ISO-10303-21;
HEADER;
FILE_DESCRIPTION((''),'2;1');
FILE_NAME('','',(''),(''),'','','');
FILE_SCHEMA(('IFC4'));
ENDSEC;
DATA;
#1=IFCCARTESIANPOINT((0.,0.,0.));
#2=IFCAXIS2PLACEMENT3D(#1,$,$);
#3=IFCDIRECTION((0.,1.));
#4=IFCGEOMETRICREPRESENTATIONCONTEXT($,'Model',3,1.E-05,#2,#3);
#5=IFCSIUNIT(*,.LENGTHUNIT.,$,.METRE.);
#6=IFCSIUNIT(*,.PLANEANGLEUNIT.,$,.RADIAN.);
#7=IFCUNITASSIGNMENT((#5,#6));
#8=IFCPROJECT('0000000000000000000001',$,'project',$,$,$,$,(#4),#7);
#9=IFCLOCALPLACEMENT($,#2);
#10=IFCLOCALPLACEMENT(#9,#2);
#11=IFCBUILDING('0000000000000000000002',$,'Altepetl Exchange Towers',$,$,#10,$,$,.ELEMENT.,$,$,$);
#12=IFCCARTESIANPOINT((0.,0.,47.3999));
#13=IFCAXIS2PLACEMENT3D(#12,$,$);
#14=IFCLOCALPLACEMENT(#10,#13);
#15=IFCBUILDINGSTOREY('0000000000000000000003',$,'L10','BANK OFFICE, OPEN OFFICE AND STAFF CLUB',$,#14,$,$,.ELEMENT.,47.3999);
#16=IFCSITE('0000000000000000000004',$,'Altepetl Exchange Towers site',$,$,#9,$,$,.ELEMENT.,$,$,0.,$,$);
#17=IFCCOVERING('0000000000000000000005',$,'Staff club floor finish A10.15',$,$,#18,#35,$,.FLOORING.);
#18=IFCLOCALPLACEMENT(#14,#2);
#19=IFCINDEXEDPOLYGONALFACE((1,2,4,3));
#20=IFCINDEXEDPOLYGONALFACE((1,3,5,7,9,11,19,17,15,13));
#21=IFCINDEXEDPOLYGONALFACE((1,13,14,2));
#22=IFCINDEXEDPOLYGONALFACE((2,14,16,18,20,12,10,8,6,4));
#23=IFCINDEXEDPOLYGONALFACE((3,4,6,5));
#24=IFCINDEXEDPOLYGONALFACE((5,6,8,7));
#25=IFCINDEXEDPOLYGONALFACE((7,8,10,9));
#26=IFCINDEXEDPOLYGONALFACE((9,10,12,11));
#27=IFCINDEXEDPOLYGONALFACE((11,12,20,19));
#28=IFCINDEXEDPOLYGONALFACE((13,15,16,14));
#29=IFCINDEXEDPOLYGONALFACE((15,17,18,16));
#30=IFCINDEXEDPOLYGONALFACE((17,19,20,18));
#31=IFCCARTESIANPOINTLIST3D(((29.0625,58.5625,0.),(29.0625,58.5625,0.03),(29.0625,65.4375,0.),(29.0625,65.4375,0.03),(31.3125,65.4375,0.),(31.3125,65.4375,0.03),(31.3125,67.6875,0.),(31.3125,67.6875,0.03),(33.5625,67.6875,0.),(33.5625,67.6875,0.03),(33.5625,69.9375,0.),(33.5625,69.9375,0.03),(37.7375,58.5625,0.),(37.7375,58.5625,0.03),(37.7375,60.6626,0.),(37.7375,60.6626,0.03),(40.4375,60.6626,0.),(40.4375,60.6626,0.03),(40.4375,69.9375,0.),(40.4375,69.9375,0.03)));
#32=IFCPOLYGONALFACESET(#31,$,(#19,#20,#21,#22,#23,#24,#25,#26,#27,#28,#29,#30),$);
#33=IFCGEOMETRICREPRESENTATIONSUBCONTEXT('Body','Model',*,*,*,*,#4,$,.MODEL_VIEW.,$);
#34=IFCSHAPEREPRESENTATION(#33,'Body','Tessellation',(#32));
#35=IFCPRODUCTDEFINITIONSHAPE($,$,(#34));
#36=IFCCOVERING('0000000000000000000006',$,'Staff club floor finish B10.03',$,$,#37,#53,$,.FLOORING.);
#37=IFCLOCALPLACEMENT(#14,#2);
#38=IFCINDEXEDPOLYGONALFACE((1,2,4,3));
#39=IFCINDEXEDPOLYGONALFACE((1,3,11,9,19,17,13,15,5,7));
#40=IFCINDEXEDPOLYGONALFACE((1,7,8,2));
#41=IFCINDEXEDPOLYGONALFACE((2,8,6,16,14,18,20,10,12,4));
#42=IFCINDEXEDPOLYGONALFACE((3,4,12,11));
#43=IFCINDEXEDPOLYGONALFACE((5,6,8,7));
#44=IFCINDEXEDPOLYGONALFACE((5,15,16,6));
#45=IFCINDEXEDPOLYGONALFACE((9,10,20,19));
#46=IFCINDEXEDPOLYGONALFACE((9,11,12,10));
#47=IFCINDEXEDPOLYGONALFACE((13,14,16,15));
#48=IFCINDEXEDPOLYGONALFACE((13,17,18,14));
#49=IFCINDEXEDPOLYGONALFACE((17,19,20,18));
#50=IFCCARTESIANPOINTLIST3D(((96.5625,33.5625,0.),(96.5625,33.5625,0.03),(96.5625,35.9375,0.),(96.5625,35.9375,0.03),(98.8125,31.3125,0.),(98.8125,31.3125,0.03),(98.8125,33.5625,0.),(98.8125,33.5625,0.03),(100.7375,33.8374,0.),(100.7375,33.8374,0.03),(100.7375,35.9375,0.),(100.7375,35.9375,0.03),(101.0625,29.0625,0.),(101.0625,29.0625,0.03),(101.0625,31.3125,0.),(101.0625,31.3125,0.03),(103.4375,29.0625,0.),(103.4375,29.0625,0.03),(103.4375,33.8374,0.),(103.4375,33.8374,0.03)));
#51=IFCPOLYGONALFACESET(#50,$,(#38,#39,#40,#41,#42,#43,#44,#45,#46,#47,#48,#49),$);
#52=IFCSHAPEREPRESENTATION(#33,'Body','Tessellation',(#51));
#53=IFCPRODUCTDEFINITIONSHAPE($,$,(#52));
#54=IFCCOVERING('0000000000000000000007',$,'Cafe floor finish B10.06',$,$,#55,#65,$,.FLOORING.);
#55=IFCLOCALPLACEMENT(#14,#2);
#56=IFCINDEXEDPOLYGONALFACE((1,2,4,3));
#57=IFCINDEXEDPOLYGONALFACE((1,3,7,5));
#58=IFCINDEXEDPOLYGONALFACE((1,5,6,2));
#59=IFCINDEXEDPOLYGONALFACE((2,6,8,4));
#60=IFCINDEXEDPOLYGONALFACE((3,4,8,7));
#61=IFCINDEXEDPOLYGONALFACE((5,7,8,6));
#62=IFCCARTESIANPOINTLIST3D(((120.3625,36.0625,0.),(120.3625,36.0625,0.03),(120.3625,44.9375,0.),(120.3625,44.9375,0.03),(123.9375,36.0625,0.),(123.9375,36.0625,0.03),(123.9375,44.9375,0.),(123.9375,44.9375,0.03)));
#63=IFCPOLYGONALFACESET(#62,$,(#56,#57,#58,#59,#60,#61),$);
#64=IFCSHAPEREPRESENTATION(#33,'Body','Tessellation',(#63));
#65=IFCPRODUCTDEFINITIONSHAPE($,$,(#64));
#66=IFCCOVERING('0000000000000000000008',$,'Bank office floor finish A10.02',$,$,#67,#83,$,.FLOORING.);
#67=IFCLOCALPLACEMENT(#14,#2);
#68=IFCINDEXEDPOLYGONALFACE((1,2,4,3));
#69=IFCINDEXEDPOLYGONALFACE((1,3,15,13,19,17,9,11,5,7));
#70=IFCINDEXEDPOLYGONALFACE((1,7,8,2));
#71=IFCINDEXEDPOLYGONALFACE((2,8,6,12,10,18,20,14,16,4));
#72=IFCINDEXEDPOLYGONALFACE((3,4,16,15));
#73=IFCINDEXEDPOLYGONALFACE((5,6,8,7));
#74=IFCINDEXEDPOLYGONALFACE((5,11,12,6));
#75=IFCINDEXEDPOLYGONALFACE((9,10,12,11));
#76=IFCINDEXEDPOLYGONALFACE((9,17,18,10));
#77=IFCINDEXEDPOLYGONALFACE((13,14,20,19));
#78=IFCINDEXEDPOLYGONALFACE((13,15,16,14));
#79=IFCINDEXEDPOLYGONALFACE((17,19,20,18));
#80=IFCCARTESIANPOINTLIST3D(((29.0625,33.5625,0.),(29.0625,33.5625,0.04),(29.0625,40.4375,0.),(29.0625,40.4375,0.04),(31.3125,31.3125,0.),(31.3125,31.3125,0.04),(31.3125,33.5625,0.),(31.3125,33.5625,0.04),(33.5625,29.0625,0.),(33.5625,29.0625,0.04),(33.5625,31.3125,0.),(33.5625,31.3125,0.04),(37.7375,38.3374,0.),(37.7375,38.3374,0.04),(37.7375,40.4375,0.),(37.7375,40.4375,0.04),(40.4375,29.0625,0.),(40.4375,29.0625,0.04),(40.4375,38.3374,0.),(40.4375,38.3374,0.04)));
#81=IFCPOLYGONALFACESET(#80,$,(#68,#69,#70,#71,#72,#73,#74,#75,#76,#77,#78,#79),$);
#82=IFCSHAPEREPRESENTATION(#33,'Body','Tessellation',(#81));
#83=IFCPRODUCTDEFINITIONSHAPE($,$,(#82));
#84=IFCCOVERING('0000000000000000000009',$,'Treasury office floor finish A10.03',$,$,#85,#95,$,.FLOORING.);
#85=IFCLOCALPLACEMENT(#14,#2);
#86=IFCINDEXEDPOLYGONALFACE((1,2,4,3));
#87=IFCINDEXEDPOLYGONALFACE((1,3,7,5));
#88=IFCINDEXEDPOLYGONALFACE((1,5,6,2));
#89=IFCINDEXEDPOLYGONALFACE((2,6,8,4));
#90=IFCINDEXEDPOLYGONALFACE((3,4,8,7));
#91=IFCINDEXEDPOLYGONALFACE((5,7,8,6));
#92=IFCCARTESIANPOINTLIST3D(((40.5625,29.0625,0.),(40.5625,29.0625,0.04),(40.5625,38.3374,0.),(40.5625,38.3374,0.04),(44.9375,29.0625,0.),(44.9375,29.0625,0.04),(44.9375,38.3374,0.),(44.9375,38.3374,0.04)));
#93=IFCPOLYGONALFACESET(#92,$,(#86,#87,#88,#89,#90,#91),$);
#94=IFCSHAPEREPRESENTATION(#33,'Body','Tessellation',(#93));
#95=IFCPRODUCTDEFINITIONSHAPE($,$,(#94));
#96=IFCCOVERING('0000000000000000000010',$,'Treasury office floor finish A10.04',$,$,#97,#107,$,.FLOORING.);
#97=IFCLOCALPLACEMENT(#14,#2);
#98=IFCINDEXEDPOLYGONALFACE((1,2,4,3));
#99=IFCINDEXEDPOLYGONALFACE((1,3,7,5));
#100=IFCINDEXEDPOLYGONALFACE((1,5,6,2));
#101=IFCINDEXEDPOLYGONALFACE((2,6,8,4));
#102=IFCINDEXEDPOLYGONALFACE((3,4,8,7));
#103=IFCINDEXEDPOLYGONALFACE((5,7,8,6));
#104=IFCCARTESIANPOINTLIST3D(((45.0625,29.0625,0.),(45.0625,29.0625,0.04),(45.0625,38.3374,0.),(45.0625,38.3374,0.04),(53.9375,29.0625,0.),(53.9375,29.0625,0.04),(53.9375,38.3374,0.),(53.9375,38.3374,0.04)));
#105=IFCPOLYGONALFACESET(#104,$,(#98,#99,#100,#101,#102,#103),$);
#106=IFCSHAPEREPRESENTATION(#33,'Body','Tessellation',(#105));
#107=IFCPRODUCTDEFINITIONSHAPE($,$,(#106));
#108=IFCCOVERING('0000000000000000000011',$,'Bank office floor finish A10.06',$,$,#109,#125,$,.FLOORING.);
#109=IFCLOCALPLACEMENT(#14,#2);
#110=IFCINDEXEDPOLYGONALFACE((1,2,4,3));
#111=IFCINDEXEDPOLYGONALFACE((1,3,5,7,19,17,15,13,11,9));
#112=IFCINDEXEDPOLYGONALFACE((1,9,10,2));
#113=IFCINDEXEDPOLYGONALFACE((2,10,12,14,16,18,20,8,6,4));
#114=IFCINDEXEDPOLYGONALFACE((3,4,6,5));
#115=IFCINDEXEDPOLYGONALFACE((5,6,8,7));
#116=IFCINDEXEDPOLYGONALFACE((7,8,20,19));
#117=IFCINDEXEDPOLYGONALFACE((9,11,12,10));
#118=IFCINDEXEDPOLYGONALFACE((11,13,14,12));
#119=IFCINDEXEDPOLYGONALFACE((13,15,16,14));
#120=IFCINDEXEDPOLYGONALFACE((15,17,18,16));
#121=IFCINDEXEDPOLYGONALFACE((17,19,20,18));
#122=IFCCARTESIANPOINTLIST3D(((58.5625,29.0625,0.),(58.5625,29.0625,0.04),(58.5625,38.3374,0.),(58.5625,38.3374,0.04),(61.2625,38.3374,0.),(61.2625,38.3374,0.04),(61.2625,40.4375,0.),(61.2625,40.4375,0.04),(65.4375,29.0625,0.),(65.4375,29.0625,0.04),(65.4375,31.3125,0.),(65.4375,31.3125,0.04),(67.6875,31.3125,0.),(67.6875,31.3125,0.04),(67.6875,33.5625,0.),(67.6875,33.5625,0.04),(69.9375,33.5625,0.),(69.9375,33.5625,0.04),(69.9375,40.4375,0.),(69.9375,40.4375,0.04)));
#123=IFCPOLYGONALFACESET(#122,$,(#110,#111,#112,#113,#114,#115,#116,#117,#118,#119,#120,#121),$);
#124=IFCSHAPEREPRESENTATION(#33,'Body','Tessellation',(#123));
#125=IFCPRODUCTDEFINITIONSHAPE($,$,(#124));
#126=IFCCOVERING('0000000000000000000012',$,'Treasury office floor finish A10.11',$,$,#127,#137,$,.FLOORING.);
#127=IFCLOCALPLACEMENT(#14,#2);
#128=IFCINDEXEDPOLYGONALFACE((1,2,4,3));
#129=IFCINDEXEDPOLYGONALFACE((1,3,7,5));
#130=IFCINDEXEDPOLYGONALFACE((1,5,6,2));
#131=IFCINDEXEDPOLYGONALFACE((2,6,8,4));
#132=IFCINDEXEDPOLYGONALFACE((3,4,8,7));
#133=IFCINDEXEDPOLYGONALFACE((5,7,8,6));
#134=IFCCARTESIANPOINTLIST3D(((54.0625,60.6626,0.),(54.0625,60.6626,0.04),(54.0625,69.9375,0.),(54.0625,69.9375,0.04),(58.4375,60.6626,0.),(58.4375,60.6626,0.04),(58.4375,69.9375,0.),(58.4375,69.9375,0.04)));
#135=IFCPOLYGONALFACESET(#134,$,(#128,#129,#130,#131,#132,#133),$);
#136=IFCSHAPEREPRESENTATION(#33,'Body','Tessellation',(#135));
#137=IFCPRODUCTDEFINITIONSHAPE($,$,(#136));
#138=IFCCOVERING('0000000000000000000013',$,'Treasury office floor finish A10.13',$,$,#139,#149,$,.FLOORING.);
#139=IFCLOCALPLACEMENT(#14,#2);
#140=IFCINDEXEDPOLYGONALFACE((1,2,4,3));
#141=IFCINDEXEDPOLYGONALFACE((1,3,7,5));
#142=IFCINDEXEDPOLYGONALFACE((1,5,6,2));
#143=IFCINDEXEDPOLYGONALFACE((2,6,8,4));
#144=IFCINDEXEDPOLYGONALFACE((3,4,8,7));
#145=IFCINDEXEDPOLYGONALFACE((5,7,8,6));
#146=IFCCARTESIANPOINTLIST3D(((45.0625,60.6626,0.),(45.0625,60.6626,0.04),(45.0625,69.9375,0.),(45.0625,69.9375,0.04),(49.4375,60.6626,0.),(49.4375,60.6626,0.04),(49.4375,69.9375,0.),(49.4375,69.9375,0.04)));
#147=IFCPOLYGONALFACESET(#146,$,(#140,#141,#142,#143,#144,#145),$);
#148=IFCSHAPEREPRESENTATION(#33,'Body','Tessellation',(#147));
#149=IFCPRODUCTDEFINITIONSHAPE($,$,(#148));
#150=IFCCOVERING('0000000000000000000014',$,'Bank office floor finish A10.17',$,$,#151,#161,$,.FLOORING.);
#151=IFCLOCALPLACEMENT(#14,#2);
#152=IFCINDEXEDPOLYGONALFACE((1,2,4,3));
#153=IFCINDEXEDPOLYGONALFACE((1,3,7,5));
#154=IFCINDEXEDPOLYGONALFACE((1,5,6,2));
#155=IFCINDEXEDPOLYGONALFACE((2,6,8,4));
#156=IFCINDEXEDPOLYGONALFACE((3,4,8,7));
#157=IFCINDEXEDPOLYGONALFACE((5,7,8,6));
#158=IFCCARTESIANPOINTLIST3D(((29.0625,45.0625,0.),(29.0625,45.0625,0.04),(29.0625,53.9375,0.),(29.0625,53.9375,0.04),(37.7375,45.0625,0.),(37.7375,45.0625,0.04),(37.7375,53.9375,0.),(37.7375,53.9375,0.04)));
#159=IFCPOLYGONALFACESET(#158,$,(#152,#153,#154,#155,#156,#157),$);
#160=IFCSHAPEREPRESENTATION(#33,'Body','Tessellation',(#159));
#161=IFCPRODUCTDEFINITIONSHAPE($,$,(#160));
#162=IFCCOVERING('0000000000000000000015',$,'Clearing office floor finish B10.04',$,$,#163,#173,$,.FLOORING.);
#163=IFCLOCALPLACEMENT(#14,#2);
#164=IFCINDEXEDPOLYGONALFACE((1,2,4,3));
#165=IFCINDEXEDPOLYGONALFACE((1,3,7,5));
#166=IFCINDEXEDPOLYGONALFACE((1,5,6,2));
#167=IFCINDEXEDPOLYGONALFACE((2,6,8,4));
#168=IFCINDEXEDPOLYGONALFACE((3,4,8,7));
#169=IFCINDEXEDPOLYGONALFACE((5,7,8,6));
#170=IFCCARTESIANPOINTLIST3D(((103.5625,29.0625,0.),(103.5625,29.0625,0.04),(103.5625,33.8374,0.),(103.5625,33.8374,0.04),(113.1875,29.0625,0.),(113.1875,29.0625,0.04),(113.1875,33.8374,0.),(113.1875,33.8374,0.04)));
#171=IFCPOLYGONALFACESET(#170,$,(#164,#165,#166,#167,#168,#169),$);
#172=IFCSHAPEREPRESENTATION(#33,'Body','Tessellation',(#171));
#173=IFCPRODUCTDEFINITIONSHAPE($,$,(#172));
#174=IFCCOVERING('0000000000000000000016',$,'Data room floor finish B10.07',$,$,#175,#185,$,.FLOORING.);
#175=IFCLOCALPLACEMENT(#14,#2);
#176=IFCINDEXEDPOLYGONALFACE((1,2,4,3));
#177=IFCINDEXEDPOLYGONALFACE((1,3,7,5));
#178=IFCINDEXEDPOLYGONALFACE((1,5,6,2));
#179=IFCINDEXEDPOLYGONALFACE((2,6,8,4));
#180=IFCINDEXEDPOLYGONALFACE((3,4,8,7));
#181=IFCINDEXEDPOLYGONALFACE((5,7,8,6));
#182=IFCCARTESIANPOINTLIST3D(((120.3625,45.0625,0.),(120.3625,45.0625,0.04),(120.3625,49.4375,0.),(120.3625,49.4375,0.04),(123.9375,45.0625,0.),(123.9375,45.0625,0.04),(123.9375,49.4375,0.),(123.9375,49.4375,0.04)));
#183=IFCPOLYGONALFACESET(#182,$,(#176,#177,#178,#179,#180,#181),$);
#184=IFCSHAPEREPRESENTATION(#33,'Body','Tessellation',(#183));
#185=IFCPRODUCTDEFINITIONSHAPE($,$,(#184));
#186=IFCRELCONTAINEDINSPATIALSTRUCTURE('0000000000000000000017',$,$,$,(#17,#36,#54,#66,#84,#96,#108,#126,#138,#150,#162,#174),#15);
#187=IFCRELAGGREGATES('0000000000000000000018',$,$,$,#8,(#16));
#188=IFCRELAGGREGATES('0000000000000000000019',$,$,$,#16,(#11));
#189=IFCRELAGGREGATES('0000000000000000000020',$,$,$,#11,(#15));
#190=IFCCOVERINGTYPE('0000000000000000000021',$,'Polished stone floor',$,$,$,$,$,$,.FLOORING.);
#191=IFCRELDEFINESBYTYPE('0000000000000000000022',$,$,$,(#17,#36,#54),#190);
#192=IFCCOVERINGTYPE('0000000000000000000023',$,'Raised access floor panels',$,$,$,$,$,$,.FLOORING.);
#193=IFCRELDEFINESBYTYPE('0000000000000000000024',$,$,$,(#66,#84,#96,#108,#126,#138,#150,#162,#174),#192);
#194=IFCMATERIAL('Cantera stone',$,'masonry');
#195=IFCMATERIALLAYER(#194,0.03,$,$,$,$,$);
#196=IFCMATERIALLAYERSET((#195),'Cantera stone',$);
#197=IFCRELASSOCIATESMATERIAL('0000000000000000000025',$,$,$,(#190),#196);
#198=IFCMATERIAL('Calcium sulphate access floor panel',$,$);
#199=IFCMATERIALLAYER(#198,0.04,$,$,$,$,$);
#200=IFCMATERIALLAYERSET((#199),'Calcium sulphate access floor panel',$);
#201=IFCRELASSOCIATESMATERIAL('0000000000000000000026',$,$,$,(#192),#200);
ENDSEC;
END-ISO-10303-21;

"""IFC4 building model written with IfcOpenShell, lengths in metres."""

from ifc_helpers import new_model, si_unit, direction, frame, origin, place, context, subcontext, project, spatial, polyline, outline, extrude, material, layer, layer_set, type_object, element, save


model = new_model("IFC4")

# Units and contexts
model_context = context("Model", 3, precision=1e-05, world=origin(), true_north=direction((0.0, 1.0)))
body_context = subcontext(model_context, "Body", "Model", "MODEL_VIEW")
ifc_project = project(units=[si_unit("LENGTHUNIT", "METRE"), si_unit("PLANEANGLEUNIT", "RADIAN")], contexts=[model_context])

# Site, building, storey
site_placement = place(None, origin())
site = spatial("IfcSite", under=ifc_project, at=site_placement, Name="Altepetl Exchange Towers site", CompositionType="ELEMENT", RefElevation=0.0)
building_placement = place(site_placement, origin())
building = spatial("IfcBuilding", under=site, at=building_placement, Name="Altepetl Exchange Towers", CompositionType="ELEMENT")
storey_placement = place(building_placement, frame((0.0, 0.0, 47.3999)))
storey = spatial("IfcBuildingStorey", under=building, at=storey_placement, Name="L10", Description="BANK OFFICE, OPEN OFFICE AND STAFF CLUB", CompositionType="ELEMENT", Elevation=47.3999)

# Coverings
ifc_material_1 = material(Name="Cantera stone", Category="masonry")
ifc_layer_1 = layer(ifc_material_1, 0.03)
ifc_layer_set_1 = layer_set([ifc_layer_1], Name="Cantera stone")
covering_type_1 = type_object("IfcCoveringType", Name="Polished stone floor", PredefinedType="FLOORING", material=ifc_layer_set_1)
covering_1_placement = place(storey_placement, origin())
element("IfcCovering", 1, at=covering_1_placement, inside=storey, type_object=covering_type_1, Name="Staff club floor finish A10.15", PredefinedType="FLOORING", context=body_context, shape_type="SweptSolid", body=[
    extrude(outline(polyline([(40.4375, 60.6626), (40.4375, 69.9375), (33.5625, 69.9375), (33.5625, 67.6875), (31.3125, 67.6875), (31.3125, 65.4375), (29.0625, 65.4375), (29.0625, 58.5625), (37.7375, 58.5625), (37.7375, 60.6626), (40.4375, 60.6626)])), origin(), (0.0, 0.0, 1.0), 0.03),
])
covering_2_placement = place(storey_placement, origin())
element("IfcCovering", 2, at=covering_2_placement, inside=storey, type_object=covering_type_1, Name="Staff club floor finish B10.03", PredefinedType="FLOORING", context=body_context, shape_type="SweptSolid", body=[
    extrude(outline(polyline([(100.7375, 35.9375), (96.5625, 35.9375), (96.5625, 33.5625), (98.8125, 33.5625), (98.8125, 31.3125), (101.0625, 31.3125), (101.0625, 29.0625), (103.4375, 29.0625), (103.4375, 33.8374), (100.7375, 33.8374), (100.7375, 35.9375)])), origin(), (0.0, 0.0, 1.0), 0.03),
])
covering_3_placement = place(storey_placement, origin())
element("IfcCovering", 3, at=covering_3_placement, inside=storey, type_object=covering_type_1, Name="Cafe floor finish B10.06", PredefinedType="FLOORING", context=body_context, shape_type="SweptSolid", body=[
    extrude(outline(polyline([(120.3625, 36.0625), (123.9375, 36.0625), (123.9375, 44.9375), (120.3625, 44.9375), (120.3625, 36.0625)])), origin(), (0.0, 0.0, 1.0), 0.03),
])
ifc_material_2 = material(Name="Calcium sulphate access floor panel")
ifc_layer_2 = layer(ifc_material_2, 0.04)
ifc_layer_set_2 = layer_set([ifc_layer_2], Name="Calcium sulphate access floor panel")
covering_type_2 = type_object("IfcCoveringType", Name="Raised access floor panels", PredefinedType="FLOORING", material=ifc_layer_set_2)
covering_4_placement = place(storey_placement, origin())
element("IfcCovering", 4, at=covering_4_placement, inside=storey, type_object=covering_type_2, Name="Bank office floor finish A10.02", PredefinedType="FLOORING", context=body_context, shape_type="SweptSolid", body=[
    extrude(outline(polyline([(40.4375, 29.0625), (40.4375, 38.3374), (37.7375, 38.3374), (37.7375, 40.4375), (29.0625, 40.4375), (29.0625, 33.5625), (31.3125, 33.5625), (31.3125, 31.3125), (33.5625, 31.3125), (33.5625, 29.0625), (40.4375, 29.0625)])), origin(), (0.0, 0.0, 1.0), 0.04),
])
covering_5_placement = place(storey_placement, origin())
element("IfcCovering", 5, at=covering_5_placement, inside=storey, type_object=covering_type_2, Name="Treasury office floor finish A10.03", PredefinedType="FLOORING", context=body_context, shape_type="SweptSolid", body=[
    extrude(outline(polyline([(44.9375, 29.0625), (44.9375, 38.3374), (40.5625, 38.3374), (40.5625, 29.0625), (44.9375, 29.0625)])), origin(), (0.0, 0.0, 1.0), 0.04),
])
covering_6_placement = place(storey_placement, origin())
element("IfcCovering", 6, at=covering_6_placement, inside=storey, type_object=covering_type_2, Name="Treasury office floor finish A10.04", PredefinedType="FLOORING", context=body_context, shape_type="SweptSolid", body=[
    extrude(outline(polyline([(53.9375, 29.0625), (53.9375, 38.3374), (45.0625, 38.3374), (45.0625, 29.0625), (53.9375, 29.0625)])), origin(), (0.0, 0.0, 1.0), 0.04),
])
covering_7_placement = place(storey_placement, origin())
element("IfcCovering", 7, at=covering_7_placement, inside=storey, type_object=covering_type_2, Name="Bank office floor finish A10.06", PredefinedType="FLOORING", context=body_context, shape_type="SweptSolid", body=[
    extrude(outline(polyline([(69.9375, 40.4375), (61.2625, 40.4375), (61.2625, 38.3374), (58.5625, 38.3374), (58.5625, 29.0625), (65.4375, 29.0625), (65.4375, 31.3125), (67.6875, 31.3125), (67.6875, 33.5625), (69.9375, 33.5625), (69.9375, 40.4375)])), origin(), (0.0, 0.0, 1.0), 0.04),
])
covering_8_placement = place(storey_placement, origin())
element("IfcCovering", 8, at=covering_8_placement, inside=storey, type_object=covering_type_2, Name="Treasury office floor finish A10.11", PredefinedType="FLOORING", context=body_context, shape_type="SweptSolid", body=[
    extrude(outline(polyline([(54.0625, 69.9375), (54.0625, 60.6626), (58.4375, 60.6626), (58.4375, 69.9375), (54.0625, 69.9375)])), origin(), (0.0, 0.0, 1.0), 0.04),
])
covering_9_placement = place(storey_placement, origin())
element("IfcCovering", 9, at=covering_9_placement, inside=storey, type_object=covering_type_2, Name="Treasury office floor finish A10.13", PredefinedType="FLOORING", context=body_context, shape_type="SweptSolid", body=[
    extrude(outline(polyline([(45.0625, 69.9375), (45.0625, 60.6626), (49.4375, 60.6626), (49.4375, 69.9375), (45.0625, 69.9375)])), origin(), (0.0, 0.0, 1.0), 0.04),
])
covering_10_placement = place(storey_placement, origin())
element("IfcCovering", 10, at=covering_10_placement, inside=storey, type_object=covering_type_2, Name="Bank office floor finish A10.17", PredefinedType="FLOORING", context=body_context, shape_type="SweptSolid", body=[
    extrude(outline(polyline([(37.7375, 53.9375), (29.0625, 53.9375), (29.0625, 45.0625), (37.7375, 45.0625), (37.7375, 53.9375)])), origin(), (0.0, 0.0, 1.0), 0.04),
])
covering_11_placement = place(storey_placement, origin())
element("IfcCovering", 11, at=covering_11_placement, inside=storey, type_object=covering_type_2, Name="Clearing office floor finish B10.04", PredefinedType="FLOORING", context=body_context, shape_type="SweptSolid", body=[
    extrude(outline(polyline([(113.1875, 33.8374), (103.5625, 33.8374), (103.5625, 29.0625), (113.1875, 29.0625), (113.1875, 33.8374)])), origin(), (0.0, 0.0, 1.0), 0.04),
])
covering_12_placement = place(storey_placement, origin())
element("IfcCovering", 12, at=covering_12_placement, inside=storey, type_object=covering_type_2, Name="Data room floor finish B10.07", PredefinedType="FLOORING", context=body_context, shape_type="SweptSolid", body=[
    extrude(outline(polyline([(123.9375, 49.4375), (120.3625, 49.4375), (120.3625, 45.0625), (123.9375, 45.0625), (123.9375, 49.4375)])), origin(), (0.0, 0.0, 1.0), 0.04),
])

save(model, "model.ifc")
